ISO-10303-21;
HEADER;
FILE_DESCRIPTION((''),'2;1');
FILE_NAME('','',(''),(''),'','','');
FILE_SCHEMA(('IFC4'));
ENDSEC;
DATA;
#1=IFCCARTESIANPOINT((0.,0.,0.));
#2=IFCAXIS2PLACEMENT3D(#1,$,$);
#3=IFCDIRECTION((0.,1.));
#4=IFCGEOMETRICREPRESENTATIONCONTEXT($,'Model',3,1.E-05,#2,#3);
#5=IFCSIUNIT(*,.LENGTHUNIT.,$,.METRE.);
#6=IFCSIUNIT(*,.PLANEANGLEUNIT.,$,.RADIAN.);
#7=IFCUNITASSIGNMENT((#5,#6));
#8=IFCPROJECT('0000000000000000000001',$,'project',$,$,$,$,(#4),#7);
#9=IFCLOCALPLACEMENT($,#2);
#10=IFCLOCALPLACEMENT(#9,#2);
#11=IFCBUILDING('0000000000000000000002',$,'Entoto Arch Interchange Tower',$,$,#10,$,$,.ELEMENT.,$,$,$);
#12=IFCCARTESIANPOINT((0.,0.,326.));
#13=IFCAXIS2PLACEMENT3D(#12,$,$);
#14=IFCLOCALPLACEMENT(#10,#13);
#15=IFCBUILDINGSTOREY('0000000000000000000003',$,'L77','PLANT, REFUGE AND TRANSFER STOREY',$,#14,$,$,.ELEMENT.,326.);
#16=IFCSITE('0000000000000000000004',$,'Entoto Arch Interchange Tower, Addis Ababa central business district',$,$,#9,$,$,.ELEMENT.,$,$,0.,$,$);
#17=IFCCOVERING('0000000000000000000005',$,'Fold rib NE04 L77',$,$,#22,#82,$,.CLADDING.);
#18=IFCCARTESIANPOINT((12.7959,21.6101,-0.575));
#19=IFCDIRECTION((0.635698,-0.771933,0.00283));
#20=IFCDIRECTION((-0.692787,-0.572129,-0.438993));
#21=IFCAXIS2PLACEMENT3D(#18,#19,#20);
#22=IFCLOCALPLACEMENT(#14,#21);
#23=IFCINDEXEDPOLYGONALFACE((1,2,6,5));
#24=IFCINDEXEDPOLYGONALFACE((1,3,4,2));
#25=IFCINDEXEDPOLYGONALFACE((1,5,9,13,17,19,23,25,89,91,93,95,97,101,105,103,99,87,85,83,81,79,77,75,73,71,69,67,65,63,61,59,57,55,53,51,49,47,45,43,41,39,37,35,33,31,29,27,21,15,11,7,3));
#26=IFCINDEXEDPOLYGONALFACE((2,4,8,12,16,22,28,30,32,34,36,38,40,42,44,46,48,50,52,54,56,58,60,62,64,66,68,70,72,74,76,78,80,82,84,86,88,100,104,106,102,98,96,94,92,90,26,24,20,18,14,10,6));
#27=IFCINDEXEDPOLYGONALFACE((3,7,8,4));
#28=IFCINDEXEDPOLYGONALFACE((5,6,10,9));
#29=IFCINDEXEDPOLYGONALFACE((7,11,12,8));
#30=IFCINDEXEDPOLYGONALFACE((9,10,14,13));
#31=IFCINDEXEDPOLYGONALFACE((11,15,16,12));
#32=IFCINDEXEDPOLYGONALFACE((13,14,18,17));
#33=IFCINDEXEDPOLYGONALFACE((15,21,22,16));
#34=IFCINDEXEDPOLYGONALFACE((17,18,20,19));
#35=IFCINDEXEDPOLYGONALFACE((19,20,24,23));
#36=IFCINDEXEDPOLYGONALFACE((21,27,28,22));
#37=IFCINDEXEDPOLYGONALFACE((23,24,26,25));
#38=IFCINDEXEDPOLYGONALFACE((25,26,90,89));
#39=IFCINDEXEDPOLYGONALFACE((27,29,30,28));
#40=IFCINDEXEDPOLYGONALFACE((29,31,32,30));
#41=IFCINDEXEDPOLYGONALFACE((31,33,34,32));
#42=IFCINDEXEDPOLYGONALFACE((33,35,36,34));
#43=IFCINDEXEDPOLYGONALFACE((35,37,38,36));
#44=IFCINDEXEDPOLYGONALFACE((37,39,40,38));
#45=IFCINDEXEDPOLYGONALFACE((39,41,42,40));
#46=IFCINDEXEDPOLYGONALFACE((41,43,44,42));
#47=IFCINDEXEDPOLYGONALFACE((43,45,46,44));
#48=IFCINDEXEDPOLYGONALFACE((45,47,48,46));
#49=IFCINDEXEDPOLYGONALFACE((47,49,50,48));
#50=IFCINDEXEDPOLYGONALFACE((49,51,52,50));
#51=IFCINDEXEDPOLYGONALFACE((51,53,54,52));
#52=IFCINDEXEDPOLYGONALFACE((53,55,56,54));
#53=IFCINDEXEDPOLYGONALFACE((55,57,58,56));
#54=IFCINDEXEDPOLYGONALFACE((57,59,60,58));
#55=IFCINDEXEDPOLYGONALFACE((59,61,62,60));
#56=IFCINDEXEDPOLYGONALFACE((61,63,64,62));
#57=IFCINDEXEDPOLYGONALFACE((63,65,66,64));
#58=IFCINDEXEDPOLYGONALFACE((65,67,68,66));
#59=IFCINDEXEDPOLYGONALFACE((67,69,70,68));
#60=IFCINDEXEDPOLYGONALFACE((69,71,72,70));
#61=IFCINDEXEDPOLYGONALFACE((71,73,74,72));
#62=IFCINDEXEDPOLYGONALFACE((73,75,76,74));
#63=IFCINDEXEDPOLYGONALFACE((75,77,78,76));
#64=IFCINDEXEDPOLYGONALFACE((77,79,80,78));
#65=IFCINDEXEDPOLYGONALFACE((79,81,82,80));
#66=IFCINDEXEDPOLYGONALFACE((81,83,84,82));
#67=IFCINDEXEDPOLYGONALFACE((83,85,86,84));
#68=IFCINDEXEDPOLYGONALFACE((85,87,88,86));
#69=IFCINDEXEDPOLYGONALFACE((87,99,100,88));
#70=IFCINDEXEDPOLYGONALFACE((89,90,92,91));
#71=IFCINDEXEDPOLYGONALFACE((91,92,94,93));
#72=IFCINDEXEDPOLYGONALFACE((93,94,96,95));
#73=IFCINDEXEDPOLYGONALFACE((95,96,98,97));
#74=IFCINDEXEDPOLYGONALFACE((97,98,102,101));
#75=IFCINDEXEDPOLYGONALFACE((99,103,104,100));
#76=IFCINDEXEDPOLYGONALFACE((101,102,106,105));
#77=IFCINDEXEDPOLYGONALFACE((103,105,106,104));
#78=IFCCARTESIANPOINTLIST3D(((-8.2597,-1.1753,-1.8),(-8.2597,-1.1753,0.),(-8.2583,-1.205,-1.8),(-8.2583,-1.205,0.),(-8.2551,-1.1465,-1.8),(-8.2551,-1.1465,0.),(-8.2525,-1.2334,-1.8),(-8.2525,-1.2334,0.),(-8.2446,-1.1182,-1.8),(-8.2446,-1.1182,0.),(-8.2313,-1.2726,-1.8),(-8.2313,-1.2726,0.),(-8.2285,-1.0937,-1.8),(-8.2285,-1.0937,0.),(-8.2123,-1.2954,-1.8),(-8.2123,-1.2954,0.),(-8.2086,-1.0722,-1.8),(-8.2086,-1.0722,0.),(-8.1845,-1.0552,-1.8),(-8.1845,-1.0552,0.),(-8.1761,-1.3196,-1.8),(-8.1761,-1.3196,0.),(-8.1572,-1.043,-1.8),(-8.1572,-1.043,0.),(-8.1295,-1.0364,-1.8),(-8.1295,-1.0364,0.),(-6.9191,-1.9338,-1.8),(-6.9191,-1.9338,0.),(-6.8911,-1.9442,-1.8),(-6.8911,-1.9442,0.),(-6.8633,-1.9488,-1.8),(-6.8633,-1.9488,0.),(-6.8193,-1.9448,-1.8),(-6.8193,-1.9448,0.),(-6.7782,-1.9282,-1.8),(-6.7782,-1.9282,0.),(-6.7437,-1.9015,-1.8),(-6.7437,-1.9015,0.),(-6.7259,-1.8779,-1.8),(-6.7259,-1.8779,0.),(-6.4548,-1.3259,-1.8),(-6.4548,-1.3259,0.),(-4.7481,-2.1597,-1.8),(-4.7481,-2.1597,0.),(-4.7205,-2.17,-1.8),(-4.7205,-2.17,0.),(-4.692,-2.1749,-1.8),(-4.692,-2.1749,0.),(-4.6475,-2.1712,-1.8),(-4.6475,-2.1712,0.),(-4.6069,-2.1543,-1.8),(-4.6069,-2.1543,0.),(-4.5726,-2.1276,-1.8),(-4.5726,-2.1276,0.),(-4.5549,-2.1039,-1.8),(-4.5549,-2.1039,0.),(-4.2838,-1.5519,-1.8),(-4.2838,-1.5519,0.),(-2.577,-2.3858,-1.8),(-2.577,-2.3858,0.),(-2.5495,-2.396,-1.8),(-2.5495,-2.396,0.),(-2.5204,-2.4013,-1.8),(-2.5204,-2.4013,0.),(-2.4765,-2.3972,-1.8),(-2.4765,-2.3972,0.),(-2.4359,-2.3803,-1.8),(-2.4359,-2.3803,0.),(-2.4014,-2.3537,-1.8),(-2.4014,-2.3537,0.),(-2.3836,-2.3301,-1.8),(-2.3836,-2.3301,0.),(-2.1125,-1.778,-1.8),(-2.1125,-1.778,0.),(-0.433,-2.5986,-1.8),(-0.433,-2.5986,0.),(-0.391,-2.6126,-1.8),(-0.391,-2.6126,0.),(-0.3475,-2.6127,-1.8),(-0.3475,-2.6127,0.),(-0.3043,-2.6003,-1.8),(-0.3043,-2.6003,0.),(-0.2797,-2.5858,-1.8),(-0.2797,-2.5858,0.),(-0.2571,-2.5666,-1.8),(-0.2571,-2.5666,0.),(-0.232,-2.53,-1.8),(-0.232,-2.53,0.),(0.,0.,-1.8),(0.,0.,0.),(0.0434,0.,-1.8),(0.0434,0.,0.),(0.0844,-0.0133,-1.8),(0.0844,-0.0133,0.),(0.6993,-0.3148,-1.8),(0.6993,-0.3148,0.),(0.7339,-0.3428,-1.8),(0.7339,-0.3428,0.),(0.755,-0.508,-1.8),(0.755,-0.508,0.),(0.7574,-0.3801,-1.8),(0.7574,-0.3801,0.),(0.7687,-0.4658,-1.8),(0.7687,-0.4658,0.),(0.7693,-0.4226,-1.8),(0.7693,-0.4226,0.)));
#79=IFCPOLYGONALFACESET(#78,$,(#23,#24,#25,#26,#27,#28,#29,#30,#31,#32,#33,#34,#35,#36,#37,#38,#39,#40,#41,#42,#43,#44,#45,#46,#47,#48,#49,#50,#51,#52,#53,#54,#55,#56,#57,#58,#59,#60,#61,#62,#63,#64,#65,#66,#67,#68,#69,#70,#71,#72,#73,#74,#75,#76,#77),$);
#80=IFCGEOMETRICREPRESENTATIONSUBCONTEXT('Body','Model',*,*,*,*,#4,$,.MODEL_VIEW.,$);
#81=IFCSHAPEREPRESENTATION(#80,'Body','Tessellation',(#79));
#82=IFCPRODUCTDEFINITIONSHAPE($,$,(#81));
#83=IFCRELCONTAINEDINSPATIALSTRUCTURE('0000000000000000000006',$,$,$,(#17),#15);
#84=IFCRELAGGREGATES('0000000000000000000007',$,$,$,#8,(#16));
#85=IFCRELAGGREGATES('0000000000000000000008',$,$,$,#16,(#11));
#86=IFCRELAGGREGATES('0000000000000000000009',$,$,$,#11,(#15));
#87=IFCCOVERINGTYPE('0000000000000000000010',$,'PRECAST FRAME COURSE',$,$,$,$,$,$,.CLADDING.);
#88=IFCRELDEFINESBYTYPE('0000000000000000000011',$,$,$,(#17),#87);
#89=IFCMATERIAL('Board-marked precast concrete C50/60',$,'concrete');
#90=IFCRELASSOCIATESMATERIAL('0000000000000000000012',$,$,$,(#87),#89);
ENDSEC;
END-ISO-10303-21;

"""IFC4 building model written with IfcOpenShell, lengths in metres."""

from ifc_helpers import new_model, si_unit, direction, frame, origin, place, context, subcontext, project, spatial, polyline, outline, extrude, material, type_object, element, save


model = new_model("IFC4")

# Units and contexts
model_context = context("Model", 3, precision=1e-05, world=origin(), true_north=direction((0.0, 1.0)))
body_context = subcontext(model_context, "Body", "Model", "MODEL_VIEW")
ifc_project = project(units=[si_unit("LENGTHUNIT", "METRE"), si_unit("PLANEANGLEUNIT", "RADIAN")], contexts=[model_context])

# Site, building, storey
site_placement = place(None, origin())
site = spatial("IfcSite", under=ifc_project, at=site_placement, Name="Entoto Arch Interchange Tower, Addis Ababa central business district", CompositionType="ELEMENT", RefElevation=0.0)
building_placement = place(site_placement, origin())
building = spatial("IfcBuilding", under=site, at=building_placement, Name="Entoto Arch Interchange Tower", CompositionType="ELEMENT")
storey_placement = place(building_placement, frame((0.0, 0.0, 326.0)))
storey = spatial("IfcBuildingStorey", under=building, at=storey_placement, Name="L77", Description="PLANT, REFUGE AND TRANSFER STOREY", CompositionType="ELEMENT", Elevation=326.0)

# Shared definitions
ifc_material_1 = material(Name="Board-marked precast concrete C50/60", Category="concrete")

# Covering
covering_type = type_object("IfcCoveringType", Name="PRECAST FRAME COURSE", PredefinedType="CLADDING", material=ifc_material_1)
covering_1_placement = place(storey_placement, frame((12.7959, 21.6101, -0.575), z_axis=(0.635698, -0.771933, 0.00283), x_axis=(-0.692787, -0.572129, -0.438993)))
element("IfcCovering", 1, at=covering_1_placement, inside=storey, type_object=covering_type, Name="Fold rib NE04 L77", PredefinedType="CLADDING", context=body_context, shape_type="SweptSolid", body=[
    extrude(outline(polyline([(0.0, 0.0), (0.0434, 0.0), (0.0844, -0.0133), (0.6993, -0.3148), (0.7339, -0.3428), (0.7574, -0.3801), (0.7693, -0.4226), (0.7687, -0.4658), (0.755, -0.508), (-0.232, -2.53), (-0.2571, -2.5666), (-0.2797, -2.5858), (-0.3043, -2.6003), (-0.3475, -2.6127), (-0.391, -2.6126), (-0.433, -2.5986), (-2.1125, -1.778), (-2.3836, -2.3301), (-2.4014, -2.3537), (-2.4359, -2.3803), (-2.4765, -2.3972), (-2.5204, -2.4013), (-2.5495, -2.396), (-2.577, -2.3858), (-4.2838, -1.5519), (-4.5549, -2.1039), (-4.5726, -2.1276), (-4.6069, -2.1543), (-4.6475, -2.1712), (-4.692, -2.1749), (-4.7205, -2.17), (-4.7481, -2.1597), (-6.4548, -1.3259), (-6.7259, -1.8779), (-6.7437, -1.9015), (-6.7782, -1.9282), (-6.8193, -1.9448), (-6.8633, -1.9488), (-6.8911, -1.9442), (-6.9191, -1.9338), (-8.1761, -1.3196), (-8.2123, -1.2954), (-8.2313, -1.2726), (-8.2525, -1.2334), (-8.2583, -1.205), (-8.2597, -1.1753), (-8.2551, -1.1465), (-8.2446, -1.1182), (-8.2285, -1.0937), (-8.2086, -1.0722), (-8.1845, -1.0552), (-8.1572, -1.043), (-8.1295, -1.0364), (0.0, 0.0)])), origin(), (0.0, 0.0, -1.0), 1.8),
])

save(model, "model.ifc")
